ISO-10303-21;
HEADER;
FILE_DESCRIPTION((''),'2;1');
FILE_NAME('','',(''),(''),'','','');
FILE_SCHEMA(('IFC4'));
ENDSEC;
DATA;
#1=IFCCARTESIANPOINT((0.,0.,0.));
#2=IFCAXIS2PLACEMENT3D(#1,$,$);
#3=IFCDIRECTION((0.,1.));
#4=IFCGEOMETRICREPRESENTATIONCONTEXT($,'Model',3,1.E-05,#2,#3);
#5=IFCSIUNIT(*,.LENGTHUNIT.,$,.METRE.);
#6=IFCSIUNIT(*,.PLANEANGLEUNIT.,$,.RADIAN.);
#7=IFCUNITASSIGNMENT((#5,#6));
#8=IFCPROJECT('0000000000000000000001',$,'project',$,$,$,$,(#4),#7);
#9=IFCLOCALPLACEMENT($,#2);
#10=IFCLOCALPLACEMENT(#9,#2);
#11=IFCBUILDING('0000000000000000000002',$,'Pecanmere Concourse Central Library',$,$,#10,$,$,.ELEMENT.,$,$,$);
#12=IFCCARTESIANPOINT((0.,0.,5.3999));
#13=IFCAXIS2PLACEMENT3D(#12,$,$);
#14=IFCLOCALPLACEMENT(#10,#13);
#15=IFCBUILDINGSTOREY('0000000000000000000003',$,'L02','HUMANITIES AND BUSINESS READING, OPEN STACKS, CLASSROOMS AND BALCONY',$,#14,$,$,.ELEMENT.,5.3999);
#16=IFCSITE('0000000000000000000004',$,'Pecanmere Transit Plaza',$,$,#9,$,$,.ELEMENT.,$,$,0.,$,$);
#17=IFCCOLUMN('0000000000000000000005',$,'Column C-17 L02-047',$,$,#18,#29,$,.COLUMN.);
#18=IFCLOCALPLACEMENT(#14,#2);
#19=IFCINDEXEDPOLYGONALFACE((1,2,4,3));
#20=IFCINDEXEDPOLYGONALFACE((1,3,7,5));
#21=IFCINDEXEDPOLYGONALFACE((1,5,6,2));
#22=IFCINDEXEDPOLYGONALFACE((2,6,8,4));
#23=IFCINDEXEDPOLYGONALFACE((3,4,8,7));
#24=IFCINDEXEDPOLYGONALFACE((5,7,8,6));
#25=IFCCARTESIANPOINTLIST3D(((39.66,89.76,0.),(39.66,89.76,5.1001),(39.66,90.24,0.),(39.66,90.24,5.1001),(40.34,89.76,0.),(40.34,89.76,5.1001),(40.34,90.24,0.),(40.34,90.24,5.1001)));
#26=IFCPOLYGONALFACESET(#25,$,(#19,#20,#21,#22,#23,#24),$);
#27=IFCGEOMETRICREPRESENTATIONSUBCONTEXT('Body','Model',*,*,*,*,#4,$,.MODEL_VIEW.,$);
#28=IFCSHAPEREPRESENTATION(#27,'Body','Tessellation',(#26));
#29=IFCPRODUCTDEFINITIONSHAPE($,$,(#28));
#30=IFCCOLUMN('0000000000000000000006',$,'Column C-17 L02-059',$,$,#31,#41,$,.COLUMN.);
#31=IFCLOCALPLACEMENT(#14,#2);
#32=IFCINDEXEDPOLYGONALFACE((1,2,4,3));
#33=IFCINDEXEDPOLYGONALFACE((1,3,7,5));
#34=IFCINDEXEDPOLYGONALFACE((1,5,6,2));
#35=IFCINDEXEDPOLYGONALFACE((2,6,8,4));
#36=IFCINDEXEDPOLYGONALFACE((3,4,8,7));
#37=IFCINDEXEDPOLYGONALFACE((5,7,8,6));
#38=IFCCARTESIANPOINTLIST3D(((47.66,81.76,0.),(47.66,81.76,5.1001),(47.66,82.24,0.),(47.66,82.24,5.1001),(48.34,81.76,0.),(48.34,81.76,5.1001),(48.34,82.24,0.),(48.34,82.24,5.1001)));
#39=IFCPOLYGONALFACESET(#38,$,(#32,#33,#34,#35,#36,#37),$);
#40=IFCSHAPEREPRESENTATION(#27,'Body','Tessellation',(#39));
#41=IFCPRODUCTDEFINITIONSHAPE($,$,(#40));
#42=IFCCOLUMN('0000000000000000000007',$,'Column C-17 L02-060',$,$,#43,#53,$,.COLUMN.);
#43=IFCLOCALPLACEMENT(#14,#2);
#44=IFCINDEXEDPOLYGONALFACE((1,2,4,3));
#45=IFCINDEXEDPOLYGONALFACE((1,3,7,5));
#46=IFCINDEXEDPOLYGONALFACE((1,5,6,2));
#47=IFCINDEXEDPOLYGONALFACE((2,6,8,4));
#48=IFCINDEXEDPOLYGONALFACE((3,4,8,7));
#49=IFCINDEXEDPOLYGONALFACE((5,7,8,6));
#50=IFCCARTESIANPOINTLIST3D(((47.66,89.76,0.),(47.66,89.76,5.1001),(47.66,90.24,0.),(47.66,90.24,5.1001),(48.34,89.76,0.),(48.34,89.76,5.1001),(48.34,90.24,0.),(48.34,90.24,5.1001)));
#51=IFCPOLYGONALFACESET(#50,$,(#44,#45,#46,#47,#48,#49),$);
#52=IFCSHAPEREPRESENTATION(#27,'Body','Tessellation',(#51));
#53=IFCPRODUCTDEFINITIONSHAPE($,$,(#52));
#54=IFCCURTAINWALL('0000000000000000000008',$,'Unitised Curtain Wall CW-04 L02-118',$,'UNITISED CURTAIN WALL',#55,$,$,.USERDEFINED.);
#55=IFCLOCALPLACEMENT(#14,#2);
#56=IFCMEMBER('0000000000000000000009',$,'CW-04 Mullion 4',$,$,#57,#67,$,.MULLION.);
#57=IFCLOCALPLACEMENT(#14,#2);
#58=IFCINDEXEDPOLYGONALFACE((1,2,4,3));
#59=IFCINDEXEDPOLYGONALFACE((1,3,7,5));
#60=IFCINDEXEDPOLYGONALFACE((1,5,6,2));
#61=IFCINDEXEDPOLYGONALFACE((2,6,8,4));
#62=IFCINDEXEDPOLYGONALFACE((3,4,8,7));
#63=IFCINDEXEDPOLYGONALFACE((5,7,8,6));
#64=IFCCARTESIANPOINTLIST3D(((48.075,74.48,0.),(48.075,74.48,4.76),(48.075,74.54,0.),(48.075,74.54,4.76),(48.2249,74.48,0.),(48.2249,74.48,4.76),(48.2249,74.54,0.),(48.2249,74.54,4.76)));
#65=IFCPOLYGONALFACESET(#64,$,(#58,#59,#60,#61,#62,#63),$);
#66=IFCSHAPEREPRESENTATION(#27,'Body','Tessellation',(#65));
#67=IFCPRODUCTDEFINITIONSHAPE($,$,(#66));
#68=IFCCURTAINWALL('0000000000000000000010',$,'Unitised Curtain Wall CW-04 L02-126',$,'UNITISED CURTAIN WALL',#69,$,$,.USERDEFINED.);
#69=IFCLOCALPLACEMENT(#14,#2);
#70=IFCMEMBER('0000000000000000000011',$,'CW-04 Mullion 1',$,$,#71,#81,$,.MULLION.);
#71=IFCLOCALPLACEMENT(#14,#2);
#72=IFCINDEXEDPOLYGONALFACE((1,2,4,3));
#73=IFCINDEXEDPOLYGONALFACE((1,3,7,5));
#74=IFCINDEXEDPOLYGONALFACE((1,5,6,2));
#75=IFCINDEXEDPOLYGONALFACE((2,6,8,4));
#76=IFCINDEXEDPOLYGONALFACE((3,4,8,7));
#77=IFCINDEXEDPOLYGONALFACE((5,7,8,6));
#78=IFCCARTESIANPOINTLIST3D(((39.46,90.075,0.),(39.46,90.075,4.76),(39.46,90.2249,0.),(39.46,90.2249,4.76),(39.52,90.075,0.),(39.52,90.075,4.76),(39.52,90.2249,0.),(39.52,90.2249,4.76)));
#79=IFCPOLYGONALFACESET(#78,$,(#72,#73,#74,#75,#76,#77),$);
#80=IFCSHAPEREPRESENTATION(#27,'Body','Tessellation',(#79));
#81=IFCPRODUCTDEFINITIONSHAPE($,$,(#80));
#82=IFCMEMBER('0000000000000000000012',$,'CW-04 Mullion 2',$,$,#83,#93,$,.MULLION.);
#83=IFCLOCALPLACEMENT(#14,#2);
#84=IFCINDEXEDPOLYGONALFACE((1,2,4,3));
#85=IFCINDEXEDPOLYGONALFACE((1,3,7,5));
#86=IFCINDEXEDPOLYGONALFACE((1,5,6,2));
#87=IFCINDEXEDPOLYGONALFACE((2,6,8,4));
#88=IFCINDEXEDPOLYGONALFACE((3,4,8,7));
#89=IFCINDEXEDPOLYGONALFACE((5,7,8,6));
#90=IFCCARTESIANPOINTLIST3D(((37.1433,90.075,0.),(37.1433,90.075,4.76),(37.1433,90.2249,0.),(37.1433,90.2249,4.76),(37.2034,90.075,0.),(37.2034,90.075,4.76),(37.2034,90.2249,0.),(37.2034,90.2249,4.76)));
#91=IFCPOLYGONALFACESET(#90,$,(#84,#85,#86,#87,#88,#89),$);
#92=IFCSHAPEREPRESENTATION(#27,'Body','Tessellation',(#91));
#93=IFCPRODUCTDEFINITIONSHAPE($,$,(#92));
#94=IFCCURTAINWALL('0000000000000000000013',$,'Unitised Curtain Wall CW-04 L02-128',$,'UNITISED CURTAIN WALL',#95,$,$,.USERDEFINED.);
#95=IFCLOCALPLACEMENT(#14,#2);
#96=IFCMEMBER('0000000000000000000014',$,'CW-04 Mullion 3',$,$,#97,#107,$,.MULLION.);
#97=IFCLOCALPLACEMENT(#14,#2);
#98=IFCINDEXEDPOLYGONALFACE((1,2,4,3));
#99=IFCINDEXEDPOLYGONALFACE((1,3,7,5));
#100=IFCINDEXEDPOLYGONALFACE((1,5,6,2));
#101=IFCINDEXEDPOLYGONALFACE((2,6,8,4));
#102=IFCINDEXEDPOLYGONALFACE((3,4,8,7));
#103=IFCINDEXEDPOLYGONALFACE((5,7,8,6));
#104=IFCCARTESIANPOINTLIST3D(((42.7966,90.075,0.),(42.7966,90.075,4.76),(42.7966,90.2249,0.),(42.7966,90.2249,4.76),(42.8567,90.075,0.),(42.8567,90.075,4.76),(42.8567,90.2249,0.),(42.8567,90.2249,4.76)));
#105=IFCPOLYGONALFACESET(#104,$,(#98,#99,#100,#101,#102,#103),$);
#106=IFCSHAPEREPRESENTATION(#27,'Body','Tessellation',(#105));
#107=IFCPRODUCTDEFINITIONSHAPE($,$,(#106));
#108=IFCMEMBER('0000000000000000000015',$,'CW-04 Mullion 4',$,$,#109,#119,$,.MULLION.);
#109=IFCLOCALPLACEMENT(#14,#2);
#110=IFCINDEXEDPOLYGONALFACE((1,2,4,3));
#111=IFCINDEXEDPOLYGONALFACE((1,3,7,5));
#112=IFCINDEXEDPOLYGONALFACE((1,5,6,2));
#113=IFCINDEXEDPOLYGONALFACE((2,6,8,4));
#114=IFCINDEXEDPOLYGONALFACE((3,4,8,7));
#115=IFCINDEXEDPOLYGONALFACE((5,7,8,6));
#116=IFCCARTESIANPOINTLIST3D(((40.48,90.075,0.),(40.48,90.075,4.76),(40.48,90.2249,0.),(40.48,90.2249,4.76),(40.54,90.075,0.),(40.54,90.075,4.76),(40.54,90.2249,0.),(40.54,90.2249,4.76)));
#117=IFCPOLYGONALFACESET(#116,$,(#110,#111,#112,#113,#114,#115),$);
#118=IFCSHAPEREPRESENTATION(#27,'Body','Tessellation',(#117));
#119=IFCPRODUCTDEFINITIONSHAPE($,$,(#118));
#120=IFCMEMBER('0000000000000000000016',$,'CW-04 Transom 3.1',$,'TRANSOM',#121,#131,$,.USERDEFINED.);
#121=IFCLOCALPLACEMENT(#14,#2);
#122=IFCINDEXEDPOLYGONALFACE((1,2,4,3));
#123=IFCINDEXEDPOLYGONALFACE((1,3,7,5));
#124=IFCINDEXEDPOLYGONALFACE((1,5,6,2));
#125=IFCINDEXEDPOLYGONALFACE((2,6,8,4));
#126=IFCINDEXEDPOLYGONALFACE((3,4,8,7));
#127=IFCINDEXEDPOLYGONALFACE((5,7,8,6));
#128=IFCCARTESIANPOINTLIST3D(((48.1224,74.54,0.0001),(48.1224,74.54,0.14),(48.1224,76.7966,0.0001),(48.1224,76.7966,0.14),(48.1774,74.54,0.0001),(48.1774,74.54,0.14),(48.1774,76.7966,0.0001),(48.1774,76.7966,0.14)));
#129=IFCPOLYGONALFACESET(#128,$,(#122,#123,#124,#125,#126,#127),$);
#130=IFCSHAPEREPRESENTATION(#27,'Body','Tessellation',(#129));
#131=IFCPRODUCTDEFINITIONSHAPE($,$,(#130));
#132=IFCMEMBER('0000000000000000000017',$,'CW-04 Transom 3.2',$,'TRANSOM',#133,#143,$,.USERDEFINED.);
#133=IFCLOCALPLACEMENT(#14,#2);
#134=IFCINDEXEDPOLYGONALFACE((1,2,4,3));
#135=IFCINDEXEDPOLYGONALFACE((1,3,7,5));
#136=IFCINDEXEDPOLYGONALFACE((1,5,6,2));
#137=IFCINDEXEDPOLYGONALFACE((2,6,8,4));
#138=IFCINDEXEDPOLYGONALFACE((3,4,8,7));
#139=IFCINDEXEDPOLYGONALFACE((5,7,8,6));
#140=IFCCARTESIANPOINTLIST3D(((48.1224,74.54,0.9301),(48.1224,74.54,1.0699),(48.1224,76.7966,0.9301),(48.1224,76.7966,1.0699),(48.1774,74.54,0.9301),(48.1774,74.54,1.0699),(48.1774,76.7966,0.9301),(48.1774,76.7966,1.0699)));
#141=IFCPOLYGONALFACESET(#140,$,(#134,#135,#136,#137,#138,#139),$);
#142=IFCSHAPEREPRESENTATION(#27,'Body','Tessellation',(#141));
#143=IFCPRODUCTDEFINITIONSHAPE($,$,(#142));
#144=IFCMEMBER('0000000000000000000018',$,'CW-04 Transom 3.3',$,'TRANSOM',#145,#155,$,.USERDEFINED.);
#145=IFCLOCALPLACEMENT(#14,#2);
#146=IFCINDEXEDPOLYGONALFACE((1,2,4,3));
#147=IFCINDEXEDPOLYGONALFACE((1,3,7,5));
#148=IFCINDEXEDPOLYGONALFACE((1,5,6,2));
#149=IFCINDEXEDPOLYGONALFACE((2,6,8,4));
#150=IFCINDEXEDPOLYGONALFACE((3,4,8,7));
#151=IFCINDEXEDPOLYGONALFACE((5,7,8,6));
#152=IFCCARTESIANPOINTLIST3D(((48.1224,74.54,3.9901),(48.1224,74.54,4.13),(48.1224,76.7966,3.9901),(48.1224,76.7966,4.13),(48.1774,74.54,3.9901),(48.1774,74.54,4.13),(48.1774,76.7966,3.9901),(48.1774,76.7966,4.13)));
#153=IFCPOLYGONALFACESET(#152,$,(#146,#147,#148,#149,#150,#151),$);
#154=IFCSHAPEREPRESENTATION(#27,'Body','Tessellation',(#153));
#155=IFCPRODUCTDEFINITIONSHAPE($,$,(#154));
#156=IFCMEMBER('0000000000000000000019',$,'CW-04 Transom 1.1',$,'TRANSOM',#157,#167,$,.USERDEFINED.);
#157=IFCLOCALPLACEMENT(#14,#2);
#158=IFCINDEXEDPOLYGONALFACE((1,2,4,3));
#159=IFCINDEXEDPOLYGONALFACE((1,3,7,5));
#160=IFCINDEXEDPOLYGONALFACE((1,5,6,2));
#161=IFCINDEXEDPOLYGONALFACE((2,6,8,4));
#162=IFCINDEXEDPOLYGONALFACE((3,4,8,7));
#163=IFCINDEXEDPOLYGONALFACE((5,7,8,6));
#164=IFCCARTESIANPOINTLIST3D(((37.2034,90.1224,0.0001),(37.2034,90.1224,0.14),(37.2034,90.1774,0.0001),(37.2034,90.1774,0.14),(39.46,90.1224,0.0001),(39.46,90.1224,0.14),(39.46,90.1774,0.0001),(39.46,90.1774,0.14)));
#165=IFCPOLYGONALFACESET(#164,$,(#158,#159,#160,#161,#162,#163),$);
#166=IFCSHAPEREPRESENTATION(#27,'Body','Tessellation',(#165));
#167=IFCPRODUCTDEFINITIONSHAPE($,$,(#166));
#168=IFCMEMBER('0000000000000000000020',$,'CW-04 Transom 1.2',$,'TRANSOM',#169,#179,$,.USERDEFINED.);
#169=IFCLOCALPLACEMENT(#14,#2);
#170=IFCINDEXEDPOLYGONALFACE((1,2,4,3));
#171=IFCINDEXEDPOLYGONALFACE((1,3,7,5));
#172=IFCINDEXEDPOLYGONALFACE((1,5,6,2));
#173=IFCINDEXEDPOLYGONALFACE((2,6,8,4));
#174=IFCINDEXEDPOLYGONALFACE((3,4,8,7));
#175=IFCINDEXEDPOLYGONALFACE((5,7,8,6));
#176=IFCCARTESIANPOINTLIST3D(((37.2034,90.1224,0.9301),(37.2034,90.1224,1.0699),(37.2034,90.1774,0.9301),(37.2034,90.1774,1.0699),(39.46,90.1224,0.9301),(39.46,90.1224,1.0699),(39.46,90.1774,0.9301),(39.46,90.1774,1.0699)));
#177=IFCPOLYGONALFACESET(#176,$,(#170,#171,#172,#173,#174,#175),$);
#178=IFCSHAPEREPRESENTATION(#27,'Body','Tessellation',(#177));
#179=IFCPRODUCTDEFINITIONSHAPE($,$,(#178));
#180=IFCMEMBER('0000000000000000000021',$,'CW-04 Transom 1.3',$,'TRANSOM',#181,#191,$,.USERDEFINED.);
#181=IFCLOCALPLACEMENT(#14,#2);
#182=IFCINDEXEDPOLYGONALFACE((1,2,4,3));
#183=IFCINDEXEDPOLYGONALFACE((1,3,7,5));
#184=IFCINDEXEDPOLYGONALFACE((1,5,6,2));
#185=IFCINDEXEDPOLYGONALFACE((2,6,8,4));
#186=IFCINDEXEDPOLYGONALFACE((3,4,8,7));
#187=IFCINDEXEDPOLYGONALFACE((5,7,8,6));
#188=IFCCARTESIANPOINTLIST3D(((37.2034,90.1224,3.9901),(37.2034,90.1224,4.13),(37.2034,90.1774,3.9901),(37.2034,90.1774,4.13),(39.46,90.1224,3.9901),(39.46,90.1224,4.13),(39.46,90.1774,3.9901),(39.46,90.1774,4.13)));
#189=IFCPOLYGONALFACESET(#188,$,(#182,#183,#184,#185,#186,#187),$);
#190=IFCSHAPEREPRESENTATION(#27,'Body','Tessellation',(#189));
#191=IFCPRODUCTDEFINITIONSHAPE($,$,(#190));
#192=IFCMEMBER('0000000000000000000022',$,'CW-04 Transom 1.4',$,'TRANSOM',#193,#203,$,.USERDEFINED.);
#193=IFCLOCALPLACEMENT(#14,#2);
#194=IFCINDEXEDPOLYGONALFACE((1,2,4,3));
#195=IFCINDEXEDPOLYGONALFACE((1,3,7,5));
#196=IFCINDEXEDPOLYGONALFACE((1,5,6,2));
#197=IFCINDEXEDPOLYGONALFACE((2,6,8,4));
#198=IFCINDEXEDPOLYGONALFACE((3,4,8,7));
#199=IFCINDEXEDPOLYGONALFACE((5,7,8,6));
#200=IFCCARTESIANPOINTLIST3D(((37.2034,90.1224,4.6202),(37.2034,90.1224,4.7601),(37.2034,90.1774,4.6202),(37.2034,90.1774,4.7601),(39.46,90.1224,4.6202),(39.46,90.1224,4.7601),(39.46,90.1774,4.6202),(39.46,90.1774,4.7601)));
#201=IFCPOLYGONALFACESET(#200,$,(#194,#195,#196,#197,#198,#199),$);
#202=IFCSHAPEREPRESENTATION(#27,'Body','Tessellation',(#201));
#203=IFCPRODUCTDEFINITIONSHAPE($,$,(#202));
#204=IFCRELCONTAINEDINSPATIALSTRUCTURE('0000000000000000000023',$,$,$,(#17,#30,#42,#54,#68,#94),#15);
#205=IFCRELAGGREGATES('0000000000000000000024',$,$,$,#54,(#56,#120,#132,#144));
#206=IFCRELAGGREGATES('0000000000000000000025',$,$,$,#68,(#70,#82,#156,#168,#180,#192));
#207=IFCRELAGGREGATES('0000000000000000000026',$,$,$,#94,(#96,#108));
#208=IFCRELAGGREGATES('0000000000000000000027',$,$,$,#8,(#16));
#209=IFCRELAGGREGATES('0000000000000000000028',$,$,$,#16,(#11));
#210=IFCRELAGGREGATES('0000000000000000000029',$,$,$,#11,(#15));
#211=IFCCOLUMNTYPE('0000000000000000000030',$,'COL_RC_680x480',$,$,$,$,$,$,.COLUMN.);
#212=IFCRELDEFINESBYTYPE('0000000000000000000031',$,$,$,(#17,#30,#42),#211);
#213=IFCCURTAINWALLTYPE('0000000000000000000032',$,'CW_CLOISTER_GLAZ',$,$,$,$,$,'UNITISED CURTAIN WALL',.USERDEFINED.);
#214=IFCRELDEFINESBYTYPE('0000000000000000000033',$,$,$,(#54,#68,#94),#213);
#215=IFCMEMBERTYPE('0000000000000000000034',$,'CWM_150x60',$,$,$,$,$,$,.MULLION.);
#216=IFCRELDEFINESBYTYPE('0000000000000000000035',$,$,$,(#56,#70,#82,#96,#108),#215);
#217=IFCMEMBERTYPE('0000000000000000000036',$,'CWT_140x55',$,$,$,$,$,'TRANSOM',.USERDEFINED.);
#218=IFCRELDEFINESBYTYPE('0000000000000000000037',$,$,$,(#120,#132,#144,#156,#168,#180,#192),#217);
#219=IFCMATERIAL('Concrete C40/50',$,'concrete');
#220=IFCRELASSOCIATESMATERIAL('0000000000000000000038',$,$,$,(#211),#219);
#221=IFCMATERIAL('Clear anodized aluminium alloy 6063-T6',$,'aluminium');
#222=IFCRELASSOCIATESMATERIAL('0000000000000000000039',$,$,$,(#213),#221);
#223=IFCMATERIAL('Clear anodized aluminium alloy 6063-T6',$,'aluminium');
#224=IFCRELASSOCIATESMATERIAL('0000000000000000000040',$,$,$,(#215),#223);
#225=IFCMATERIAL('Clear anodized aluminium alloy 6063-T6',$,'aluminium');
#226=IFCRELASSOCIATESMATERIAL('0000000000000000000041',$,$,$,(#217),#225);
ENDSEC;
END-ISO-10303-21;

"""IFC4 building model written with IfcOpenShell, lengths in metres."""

from ifc_helpers import new_model, si_unit, direction, frame, origin, origin_2d, place, context, subcontext, project, spatial, rectangle, extrude, material, material_profile, profile_set, type_object, element, aggregate, save


model = new_model("IFC4")

# Units and contexts
model_context = context("Model", 3, precision=1e-05, world=origin(), true_north=direction((0.0, 1.0)))
body_context = subcontext(model_context, "Body", "Model", "MODEL_VIEW")
ifc_project = project(units=[si_unit("LENGTHUNIT", "METRE"), si_unit("PLANEANGLEUNIT", "RADIAN")], contexts=[model_context])

# Site, building, storey
site_placement = place(None, origin())
site = spatial("IfcSite", under=ifc_project, at=site_placement, Name="Pecanmere Transit Plaza", CompositionType="ELEMENT", RefElevation=0.0)
building_placement = place(site_placement, origin())
building = spatial("IfcBuilding", under=site, at=building_placement, Name="Pecanmere Concourse Central Library", CompositionType="ELEMENT")
storey_placement = place(building_placement, frame((0.0, 0.0, 5.3999)))
storey = spatial("IfcBuildingStorey", under=building, at=storey_placement, Name="L02", Description="HUMANITIES AND BUSINESS READING, OPEN STACKS, CLASSROOMS AND BALCONY", CompositionType="ELEMENT", Elevation=5.3999)

# Columns
ifc_material_1 = material(Name="Concrete C40/50", Category="concrete")
ifc_material_profile_1 = material_profile(ifc_material_1, rectangle(XDim=0.6799, YDim=0.48, at=origin_2d()), Name="RC 680x480")
ifc_profile_set_1 = profile_set([ifc_material_profile_1], Name="Concrete C40/50")
column_type = type_object("IfcColumnType", Name="COL_RC_680x480", PredefinedType="COLUMN", material=ifc_profile_set_1)
for number, where, z_axis, x_axis, name in (
    (1, (40.0, 90.0, 0.0), (0.0, 0.0, 1.0), (1.0, 0.0, 0.0), "Column C-17 L02-047"),
    (2, (48.0, 82.0, 0.0), (0.0, 0.0, 1.0), (1.0, 0.0, 0.0), "Column C-17 L02-059"),
    (3, (48.0, 90.0, 0.0), (0.0, 0.0, 1.0), (1.0, 0.0, 0.0), "Column C-17 L02-060"),
):
    element("IfcColumn", number, at=place(storey_placement, frame(where, z_axis=z_axis, x_axis=x_axis)), inside=storey, type_object=column_type, Name=name, PredefinedType="COLUMN", context=body_context, shape_type="SweptSolid", body=[
        extrude(rectangle(XDim=0.6799, YDim=0.48, at=origin_2d()), origin(), (0.0, 0.0, 1.0), 5.1001),
    ])

# Curtain wall, member
ifc_material_2 = material(Name="Clear anodized aluminium alloy 6063-T6", Category="aluminium")
curtain_wall_type = type_object("IfcCurtainWallType", Name="CW_CLOISTER_GLAZ", ElementType="UNITISED CURTAIN WALL", PredefinedType="USERDEFINED", material=ifc_material_2)
curtain_wall_1_placement = place(storey_placement, origin())
curtain_wall_1 = element("IfcCurtainWall", 4, at=curtain_wall_1_placement, inside=storey, type_object=curtain_wall_type, Name="Unitised Curtain Wall CW-04 L02-118", ObjectType="UNITISED CURTAIN WALL", PredefinedType="USERDEFINED")
ifc_material_3 = material(Name="Clear anodized aluminium alloy 6063-T6", Category="aluminium")
ifc_material_profile_2 = material_profile(ifc_material_3, rectangle(XDim=0.0601, YDim=0.1499, at=origin_2d()), Name="AL 60x150")
ifc_profile_set_2 = profile_set([ifc_material_profile_2], Name="Clear anodized aluminium alloy 6063-T6")
member_type_1 = type_object("IfcMemberType", Name="CWM_150x60", PredefinedType="MULLION", material=ifc_profile_set_2)
member_1_placement = place(storey_placement, frame((48.1499, 74.51, 0.0), z_axis=(0.0, 0.0, 1.0), x_axis=(0.0, -1.0, 0.0)))
member_1 = element("IfcMember", 5, at=member_1_placement, type_object=member_type_1, Name="CW-04 Mullion 4", PredefinedType="MULLION", context=body_context, shape_type="SweptSolid", body=[
    extrude(rectangle(XDim=0.0601, YDim=0.1499, at=origin_2d()), origin(), (0.0, 0.0, 1.0), 4.76),
])

# Curtain walls, members
curtain_wall_2_placement = place(storey_placement, origin())
curtain_wall_2 = element("IfcCurtainWall", 6, at=curtain_wall_2_placement, inside=storey, type_object=curtain_wall_type, Name="Unitised Curtain Wall CW-04 L02-126", ObjectType="UNITISED CURTAIN WALL", PredefinedType="USERDEFINED")
member_2_placement = place(storey_placement, frame((39.49, 90.1499, 0.0), z_axis=(0.0, 0.0, 1.0), x_axis=(-1.0, 0.0, 0.0)))
member_2 = element("IfcMember", 7, at=member_2_placement, type_object=member_type_1, Name="CW-04 Mullion 1", PredefinedType="MULLION", context=body_context, shape_type="SweptSolid", body=[
    extrude(rectangle(XDim=0.0601, YDim=0.1499, at=origin_2d()), origin(), (0.0, 0.0, 1.0), 4.76),
])
member_3_placement = place(storey_placement, frame((37.1733, 90.1499, 0.0), z_axis=(0.0, 0.0, 1.0), x_axis=(-1.0, 0.0, 0.0)))
member_3 = element("IfcMember", 8, at=member_3_placement, type_object=member_type_1, Name="CW-04 Mullion 2", PredefinedType="MULLION", context=body_context, shape_type="SweptSolid", body=[
    extrude(rectangle(XDim=0.0601, YDim=0.1499, at=origin_2d()), origin(), (0.0, 0.0, 1.0), 4.76),
])
curtain_wall_3_placement = place(storey_placement, origin())
curtain_wall_3 = element("IfcCurtainWall", 9, at=curtain_wall_3_placement, inside=storey, type_object=curtain_wall_type, Name="Unitised Curtain Wall CW-04 L02-128", ObjectType="UNITISED CURTAIN WALL", PredefinedType="USERDEFINED")
member_4_placement = place(storey_placement, frame((42.8267, 90.1499, 0.0), z_axis=(0.0, 0.0, 1.0), x_axis=(-1.0, 0.0, 0.0)))
member_4 = element("IfcMember", 10, at=member_4_placement, type_object=member_type_1, Name="CW-04 Mullion 3", PredefinedType="MULLION", context=body_context, shape_type="SweptSolid", body=[
    extrude(rectangle(XDim=0.0601, YDim=0.1499, at=origin_2d()), origin(), (0.0, 0.0, 1.0), 4.76),
])
member_5_placement = place(storey_placement, frame((40.51, 90.1499, 0.0), z_axis=(0.0, 0.0, 1.0), x_axis=(-1.0, 0.0, 0.0)))
member_5 = element("IfcMember", 11, at=member_5_placement, type_object=member_type_1, Name="CW-04 Mullion 4", PredefinedType="MULLION", context=body_context, shape_type="SweptSolid", body=[
    extrude(rectangle(XDim=0.0601, YDim=0.1499, at=origin_2d()), origin(), (0.0, 0.0, 1.0), 4.76),
])

# Members
ifc_material_4 = material(Name="Clear anodized aluminium alloy 6063-T6", Category="aluminium")
ifc_material_profile_3 = material_profile(ifc_material_4, rectangle(XDim=0.0549, YDim=0.1399, at=origin_2d()), Name="AL 55x140")
ifc_profile_set_3 = profile_set([ifc_material_profile_3], Name="Clear anodized aluminium alloy 6063-T6")
member_type_2 = type_object("IfcMemberType", Name="CWT_140x55", ElementType="TRANSOM", PredefinedType="USERDEFINED", material=ifc_profile_set_3)
member_6_placement = place(storey_placement, frame((48.1499, 76.7966, 0.0701), z_axis=(0.0, -1.0, 0.0), x_axis=(1.0, 0.0, 0.0)))
member_6 = element("IfcMember", 12, at=member_6_placement, type_object=member_type_2, Name="CW-04 Transom 3.1", ObjectType="TRANSOM", PredefinedType="USERDEFINED", context=body_context, shape_type="SweptSolid", body=[
    extrude(rectangle(XDim=0.0549, YDim=0.1399, at=origin_2d()), origin(), (0.0, 0.0, 1.0), 2.2566),
])
member_7_placement = place(storey_placement, frame((48.1499, 76.7966, 1.0), z_axis=(0.0, -1.0, 0.0), x_axis=(1.0, 0.0, 0.0)))
member_7 = element("IfcMember", 13, at=member_7_placement, type_object=member_type_2, Name="CW-04 Transom 3.2", ObjectType="TRANSOM", PredefinedType="USERDEFINED", context=body_context, shape_type="SweptSolid", body=[
    extrude(rectangle(XDim=0.0549, YDim=0.1399, at=origin_2d()), origin(), (0.0, 0.0, 1.0), 2.2566),
])
member_8_placement = place(storey_placement, frame((48.1499, 76.7966, 4.0601), z_axis=(0.0, -1.0, 0.0), x_axis=(1.0, 0.0, 0.0)))
member_8 = element("IfcMember", 14, at=member_8_placement, type_object=member_type_2, Name="CW-04 Transom 3.3", ObjectType="TRANSOM", PredefinedType="USERDEFINED", context=body_context, shape_type="SweptSolid", body=[
    extrude(rectangle(XDim=0.0549, YDim=0.1399, at=origin_2d()), origin(), (0.0, 0.0, 1.0), 2.2566),
])
member_9_placement = place(storey_placement, frame((39.46, 90.1499, 0.0701), z_axis=(-1.0, 0.0, 0.0), x_axis=(0.0, -1.0, 0.0)))
member_9 = element("IfcMember", 15, at=member_9_placement, type_object=member_type_2, Name="CW-04 Transom 1.1", ObjectType="TRANSOM", PredefinedType="USERDEFINED", context=body_context, shape_type="SweptSolid", body=[
    extrude(rectangle(XDim=0.0549, YDim=0.1399, at=origin_2d()), origin(), (0.0, 0.0, 1.0), 2.2566),
])
member_10_placement = place(storey_placement, frame((39.46, 90.1499, 1.0), z_axis=(-1.0, 0.0, 0.0), x_axis=(0.0, -1.0, 0.0)))
member_10 = element("IfcMember", 16, at=member_10_placement, type_object=member_type_2, Name="CW-04 Transom 1.2", ObjectType="TRANSOM", PredefinedType="USERDEFINED", context=body_context, shape_type="SweptSolid", body=[
    extrude(rectangle(XDim=0.0549, YDim=0.1399, at=origin_2d()), origin(), (0.0, 0.0, 1.0), 2.2566),
])
member_11_placement = place(storey_placement, frame((39.46, 90.1499, 4.0601), z_axis=(-1.0, 0.0, 0.0), x_axis=(0.0, -1.0, 0.0)))
member_11 = element("IfcMember", 17, at=member_11_placement, type_object=member_type_2, Name="CW-04 Transom 1.3", ObjectType="TRANSOM", PredefinedType="USERDEFINED", context=body_context, shape_type="SweptSolid", body=[
    extrude(rectangle(XDim=0.0549, YDim=0.1399, at=origin_2d()), origin(), (0.0, 0.0, 1.0), 2.2566),
])
member_12_placement = place(storey_placement, frame((39.46, 90.1499, 4.6902), z_axis=(-1.0, 0.0, 0.0), x_axis=(0.0, -1.0, 0.0)))
member_12 = element("IfcMember", 18, at=member_12_placement, type_object=member_type_2, Name="CW-04 Transom 1.4", ObjectType="TRANSOM", PredefinedType="USERDEFINED", context=body_context, shape_type="SweptSolid", body=[
    extrude(rectangle(XDim=0.0549, YDim=0.1399, at=origin_2d()), origin(), (0.0, 0.0, 1.0), 2.2566),
])

aggregate(curtain_wall_1, [member_1, member_6, member_7, member_8])
aggregate(curtain_wall_2, [member_2, member_3, member_9, member_10, member_11, member_12])
aggregate(curtain_wall_3, [member_4, member_5])

save(model, "model.ifc")
